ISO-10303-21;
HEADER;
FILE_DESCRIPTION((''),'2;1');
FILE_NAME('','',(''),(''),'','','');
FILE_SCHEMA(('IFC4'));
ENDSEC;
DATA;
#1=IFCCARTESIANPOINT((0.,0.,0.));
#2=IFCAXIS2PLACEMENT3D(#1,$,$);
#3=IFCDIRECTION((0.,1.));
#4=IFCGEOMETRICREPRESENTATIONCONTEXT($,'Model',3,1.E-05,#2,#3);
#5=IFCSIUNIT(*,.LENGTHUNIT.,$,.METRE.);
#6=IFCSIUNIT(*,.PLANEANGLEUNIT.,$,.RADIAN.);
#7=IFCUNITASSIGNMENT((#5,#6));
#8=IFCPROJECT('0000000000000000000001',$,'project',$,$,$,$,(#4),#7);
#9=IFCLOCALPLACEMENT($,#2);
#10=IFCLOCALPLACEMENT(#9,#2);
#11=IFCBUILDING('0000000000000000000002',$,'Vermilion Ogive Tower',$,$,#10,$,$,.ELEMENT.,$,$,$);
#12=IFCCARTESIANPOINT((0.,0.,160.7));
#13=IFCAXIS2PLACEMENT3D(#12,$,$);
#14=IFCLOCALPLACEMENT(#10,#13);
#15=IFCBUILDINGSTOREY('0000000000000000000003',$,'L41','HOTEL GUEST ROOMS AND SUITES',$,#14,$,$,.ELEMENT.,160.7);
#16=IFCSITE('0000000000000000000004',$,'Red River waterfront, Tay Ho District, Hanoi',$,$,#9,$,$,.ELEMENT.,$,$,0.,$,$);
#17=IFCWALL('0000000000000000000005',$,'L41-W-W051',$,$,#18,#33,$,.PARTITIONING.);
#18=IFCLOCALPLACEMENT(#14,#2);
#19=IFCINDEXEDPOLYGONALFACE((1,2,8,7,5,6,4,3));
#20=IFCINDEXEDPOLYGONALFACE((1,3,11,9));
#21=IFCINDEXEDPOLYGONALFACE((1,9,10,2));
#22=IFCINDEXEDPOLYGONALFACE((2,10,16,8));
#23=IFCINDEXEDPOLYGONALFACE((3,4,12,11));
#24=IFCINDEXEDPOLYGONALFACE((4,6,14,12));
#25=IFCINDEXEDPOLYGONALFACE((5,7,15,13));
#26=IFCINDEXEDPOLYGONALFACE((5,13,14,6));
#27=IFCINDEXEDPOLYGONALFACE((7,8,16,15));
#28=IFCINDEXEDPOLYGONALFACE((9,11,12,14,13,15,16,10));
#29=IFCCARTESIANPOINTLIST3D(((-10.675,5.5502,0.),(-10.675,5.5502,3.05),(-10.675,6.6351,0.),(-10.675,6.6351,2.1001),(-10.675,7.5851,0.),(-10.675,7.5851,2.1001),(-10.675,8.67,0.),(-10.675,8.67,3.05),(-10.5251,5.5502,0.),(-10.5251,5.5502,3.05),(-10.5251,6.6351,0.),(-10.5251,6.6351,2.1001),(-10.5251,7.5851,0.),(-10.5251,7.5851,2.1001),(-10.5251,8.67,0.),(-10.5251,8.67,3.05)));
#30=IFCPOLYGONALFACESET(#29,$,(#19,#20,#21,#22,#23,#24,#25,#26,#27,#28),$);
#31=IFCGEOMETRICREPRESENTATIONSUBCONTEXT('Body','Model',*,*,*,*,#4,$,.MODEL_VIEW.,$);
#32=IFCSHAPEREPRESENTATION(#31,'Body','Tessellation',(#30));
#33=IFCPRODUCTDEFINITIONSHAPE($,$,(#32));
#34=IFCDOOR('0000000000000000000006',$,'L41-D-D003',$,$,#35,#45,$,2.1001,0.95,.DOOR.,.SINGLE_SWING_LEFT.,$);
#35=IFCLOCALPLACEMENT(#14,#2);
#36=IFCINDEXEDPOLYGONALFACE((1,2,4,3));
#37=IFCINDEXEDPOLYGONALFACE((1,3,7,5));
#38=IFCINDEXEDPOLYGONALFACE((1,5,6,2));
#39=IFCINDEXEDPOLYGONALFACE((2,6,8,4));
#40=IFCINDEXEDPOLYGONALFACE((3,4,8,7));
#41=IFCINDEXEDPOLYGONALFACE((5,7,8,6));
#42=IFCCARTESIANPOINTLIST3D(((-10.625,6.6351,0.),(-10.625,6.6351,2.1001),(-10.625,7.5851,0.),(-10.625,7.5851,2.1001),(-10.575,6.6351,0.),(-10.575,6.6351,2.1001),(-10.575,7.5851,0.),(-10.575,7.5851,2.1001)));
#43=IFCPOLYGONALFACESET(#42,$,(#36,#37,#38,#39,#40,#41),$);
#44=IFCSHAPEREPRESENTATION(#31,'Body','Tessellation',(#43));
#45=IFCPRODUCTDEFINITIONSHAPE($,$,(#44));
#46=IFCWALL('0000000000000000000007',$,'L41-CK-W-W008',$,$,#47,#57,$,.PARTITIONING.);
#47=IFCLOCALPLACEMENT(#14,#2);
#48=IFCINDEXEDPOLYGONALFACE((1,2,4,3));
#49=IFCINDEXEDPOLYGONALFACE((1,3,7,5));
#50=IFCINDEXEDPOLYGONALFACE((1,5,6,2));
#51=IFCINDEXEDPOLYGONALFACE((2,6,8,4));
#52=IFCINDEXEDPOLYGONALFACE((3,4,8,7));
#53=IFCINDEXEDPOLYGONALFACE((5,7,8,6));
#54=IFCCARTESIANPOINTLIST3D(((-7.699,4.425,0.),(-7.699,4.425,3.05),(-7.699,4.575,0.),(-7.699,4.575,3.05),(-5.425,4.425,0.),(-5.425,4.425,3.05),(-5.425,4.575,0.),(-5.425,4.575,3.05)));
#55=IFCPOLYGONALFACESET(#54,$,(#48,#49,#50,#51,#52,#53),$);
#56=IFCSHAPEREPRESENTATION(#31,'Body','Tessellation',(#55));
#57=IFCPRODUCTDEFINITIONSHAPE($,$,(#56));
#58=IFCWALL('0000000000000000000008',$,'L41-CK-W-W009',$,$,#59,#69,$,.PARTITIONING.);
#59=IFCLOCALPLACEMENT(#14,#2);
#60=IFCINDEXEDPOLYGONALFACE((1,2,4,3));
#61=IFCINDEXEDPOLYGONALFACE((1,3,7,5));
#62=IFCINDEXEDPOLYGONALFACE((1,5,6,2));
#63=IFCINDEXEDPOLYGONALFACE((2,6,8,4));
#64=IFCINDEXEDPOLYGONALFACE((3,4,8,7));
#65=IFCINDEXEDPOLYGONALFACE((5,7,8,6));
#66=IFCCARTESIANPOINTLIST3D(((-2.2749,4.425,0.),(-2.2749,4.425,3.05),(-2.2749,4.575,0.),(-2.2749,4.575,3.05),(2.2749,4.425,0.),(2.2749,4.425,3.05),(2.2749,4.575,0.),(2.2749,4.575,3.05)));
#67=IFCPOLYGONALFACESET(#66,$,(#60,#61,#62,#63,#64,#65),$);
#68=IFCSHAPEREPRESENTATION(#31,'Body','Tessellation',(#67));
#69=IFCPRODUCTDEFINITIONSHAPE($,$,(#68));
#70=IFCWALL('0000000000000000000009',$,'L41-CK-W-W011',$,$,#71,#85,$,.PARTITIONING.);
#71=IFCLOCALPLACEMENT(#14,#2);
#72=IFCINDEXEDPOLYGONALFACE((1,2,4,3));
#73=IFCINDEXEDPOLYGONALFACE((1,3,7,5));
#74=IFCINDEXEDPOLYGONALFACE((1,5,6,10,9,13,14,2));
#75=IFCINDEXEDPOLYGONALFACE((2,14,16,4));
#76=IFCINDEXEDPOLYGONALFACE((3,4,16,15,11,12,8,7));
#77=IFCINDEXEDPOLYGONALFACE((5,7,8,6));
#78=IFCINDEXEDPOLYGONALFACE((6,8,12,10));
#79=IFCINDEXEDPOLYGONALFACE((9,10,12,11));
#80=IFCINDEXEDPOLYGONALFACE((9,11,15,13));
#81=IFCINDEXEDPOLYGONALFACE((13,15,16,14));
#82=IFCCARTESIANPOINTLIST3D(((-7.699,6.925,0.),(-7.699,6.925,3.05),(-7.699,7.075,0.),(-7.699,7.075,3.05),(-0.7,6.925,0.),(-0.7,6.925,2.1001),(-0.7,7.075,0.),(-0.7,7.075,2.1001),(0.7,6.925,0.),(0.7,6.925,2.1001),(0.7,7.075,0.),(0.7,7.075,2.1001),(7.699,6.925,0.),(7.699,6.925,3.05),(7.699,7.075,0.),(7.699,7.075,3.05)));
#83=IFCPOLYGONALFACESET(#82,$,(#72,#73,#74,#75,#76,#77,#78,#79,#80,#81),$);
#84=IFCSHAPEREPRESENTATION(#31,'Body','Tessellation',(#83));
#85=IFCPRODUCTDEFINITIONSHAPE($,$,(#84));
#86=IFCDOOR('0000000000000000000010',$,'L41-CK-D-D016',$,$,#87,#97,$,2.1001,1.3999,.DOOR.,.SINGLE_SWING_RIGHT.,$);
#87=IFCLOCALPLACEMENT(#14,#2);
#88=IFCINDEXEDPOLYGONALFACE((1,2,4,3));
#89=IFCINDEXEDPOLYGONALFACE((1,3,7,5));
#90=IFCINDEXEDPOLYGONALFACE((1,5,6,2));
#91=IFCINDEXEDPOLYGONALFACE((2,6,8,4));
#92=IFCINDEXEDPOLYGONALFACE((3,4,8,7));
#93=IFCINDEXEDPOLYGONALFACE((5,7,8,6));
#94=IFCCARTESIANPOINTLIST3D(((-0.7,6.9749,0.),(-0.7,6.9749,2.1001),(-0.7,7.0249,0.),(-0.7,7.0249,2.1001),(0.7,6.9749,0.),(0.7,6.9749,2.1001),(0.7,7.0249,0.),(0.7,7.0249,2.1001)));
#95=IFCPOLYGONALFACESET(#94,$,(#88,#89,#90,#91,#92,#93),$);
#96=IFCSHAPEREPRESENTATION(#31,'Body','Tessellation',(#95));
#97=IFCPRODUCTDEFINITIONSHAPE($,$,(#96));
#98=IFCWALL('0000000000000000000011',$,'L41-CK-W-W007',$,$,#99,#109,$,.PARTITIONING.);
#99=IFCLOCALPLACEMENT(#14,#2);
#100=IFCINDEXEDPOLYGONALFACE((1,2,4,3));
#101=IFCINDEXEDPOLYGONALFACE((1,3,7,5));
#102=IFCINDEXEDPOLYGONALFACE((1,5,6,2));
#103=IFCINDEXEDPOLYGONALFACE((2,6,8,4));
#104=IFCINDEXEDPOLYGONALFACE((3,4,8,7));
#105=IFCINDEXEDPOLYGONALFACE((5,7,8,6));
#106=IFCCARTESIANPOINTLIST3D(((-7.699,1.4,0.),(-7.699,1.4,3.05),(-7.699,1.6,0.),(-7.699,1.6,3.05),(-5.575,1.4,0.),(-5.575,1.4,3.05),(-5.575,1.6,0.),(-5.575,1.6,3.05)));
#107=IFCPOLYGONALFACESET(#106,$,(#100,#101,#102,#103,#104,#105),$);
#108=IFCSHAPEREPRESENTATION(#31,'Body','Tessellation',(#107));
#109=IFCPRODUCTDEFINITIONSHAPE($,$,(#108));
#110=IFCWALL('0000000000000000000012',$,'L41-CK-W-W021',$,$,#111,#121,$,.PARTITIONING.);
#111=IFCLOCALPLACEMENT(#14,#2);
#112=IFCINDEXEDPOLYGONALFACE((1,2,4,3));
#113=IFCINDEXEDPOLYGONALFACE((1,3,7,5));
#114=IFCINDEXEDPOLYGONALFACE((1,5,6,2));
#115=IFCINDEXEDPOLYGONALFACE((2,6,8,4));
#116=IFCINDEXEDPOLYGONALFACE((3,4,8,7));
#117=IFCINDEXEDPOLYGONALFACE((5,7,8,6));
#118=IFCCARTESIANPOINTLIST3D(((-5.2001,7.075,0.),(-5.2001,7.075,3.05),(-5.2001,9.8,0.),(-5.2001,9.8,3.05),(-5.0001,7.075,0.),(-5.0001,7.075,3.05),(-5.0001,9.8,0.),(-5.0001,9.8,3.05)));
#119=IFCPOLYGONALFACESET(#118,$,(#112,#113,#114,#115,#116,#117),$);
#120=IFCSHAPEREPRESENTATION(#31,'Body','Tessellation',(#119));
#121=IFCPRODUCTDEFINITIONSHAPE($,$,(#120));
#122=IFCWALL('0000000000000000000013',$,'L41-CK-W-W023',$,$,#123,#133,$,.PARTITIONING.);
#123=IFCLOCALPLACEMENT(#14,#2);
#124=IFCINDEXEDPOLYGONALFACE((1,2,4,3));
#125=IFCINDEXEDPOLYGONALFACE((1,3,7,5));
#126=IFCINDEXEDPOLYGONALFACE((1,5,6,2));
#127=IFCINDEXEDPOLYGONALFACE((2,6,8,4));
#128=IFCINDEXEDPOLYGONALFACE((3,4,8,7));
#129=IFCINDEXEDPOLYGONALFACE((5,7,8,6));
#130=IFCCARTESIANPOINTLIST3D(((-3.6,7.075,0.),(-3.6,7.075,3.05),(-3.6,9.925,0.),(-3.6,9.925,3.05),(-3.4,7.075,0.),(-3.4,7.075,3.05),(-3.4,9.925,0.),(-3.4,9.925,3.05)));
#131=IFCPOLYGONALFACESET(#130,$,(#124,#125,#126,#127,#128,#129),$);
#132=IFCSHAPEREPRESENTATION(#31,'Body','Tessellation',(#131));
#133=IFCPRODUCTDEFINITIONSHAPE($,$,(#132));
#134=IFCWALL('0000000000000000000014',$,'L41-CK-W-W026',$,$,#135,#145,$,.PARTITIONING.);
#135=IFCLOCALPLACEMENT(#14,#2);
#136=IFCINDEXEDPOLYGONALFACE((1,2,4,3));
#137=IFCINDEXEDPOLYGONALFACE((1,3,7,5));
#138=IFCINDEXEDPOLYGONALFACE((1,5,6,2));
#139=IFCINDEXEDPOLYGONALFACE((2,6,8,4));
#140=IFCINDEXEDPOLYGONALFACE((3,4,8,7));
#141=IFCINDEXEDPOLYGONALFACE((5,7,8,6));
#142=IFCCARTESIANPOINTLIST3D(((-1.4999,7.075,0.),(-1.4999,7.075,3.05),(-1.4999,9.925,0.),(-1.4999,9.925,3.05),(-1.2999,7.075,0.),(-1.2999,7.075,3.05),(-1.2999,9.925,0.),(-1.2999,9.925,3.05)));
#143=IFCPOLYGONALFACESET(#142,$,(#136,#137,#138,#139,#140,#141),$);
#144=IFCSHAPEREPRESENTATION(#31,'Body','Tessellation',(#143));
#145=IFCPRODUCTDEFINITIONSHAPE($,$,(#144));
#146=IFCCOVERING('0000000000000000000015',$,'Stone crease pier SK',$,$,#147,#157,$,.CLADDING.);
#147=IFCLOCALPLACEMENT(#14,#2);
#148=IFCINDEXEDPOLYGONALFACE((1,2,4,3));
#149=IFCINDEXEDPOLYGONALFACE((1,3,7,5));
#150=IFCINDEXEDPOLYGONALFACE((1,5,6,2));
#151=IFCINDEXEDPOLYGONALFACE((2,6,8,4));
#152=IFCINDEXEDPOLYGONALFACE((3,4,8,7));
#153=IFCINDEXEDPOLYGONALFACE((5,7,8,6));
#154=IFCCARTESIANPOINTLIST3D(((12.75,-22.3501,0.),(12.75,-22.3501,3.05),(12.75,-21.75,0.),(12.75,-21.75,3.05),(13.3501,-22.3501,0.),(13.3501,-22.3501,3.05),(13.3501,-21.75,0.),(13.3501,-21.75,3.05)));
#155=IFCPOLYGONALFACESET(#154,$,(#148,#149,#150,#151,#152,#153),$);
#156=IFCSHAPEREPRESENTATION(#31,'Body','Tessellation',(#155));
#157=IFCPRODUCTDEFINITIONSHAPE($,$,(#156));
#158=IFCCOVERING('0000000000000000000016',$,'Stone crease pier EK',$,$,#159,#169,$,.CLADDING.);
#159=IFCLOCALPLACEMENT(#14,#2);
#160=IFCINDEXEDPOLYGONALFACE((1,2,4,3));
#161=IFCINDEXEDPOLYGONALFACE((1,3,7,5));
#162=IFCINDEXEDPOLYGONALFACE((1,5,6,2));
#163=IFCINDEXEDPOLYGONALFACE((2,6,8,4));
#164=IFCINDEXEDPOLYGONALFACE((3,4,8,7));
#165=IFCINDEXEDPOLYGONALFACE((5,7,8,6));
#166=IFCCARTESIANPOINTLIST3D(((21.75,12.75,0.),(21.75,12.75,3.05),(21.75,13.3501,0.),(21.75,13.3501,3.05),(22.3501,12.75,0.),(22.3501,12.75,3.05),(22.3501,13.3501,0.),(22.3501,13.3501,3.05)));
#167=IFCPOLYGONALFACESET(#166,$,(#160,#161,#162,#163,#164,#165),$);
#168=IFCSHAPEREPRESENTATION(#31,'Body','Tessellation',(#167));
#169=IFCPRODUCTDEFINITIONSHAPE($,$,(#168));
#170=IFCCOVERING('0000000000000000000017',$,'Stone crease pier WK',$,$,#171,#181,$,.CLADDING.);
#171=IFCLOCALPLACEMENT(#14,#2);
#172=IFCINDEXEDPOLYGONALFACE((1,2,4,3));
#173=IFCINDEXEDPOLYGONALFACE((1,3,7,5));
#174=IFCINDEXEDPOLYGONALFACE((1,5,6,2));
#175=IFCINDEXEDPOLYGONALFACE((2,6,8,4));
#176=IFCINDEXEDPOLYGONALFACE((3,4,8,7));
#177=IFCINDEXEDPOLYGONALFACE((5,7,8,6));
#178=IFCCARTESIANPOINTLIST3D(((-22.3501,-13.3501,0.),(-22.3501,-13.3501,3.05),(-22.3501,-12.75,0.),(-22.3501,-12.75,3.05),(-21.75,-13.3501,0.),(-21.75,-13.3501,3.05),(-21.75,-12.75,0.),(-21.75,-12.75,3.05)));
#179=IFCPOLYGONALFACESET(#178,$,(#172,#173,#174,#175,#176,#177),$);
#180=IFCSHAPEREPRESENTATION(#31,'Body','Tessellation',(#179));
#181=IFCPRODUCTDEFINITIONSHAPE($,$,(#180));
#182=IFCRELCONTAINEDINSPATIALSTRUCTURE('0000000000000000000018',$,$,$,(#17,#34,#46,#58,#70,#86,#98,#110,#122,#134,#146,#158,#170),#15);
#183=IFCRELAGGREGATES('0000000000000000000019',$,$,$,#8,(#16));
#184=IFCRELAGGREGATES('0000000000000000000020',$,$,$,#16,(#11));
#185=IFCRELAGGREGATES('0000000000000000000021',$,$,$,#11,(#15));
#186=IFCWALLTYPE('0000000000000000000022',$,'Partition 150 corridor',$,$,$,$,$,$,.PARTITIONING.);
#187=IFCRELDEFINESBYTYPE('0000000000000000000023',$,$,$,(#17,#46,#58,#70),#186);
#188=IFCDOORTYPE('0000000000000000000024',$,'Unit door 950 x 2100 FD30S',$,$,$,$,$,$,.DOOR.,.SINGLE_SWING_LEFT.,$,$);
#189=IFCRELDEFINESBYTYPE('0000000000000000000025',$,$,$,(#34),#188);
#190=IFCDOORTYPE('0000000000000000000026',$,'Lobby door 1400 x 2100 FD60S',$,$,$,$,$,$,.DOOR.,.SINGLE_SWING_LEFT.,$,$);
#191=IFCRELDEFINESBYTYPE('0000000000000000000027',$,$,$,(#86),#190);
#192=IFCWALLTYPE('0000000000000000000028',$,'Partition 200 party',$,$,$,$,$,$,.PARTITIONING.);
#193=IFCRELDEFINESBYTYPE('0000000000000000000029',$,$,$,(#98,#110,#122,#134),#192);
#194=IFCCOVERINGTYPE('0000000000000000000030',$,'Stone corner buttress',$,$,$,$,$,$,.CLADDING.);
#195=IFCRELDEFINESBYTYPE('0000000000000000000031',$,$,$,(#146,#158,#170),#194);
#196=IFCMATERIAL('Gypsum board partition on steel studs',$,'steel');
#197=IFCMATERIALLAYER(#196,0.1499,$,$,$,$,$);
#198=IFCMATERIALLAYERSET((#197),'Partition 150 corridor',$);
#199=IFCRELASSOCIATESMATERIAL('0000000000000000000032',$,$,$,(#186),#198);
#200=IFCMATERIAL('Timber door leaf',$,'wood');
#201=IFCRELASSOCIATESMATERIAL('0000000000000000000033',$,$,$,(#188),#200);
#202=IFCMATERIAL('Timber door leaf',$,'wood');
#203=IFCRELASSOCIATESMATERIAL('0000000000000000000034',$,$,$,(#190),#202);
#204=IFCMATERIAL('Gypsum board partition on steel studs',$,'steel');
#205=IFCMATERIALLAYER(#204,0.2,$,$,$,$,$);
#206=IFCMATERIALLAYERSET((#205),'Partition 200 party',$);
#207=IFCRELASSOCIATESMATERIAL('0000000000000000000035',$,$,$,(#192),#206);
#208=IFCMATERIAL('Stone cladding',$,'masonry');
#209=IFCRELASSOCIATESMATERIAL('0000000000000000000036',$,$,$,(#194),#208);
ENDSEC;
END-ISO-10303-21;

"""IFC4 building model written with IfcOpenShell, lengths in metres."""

from ifc_helpers import new_model, si_unit, direction, frame, frame_2d, origin, place, context, subcontext, project, spatial, polyline, rectangle, outline, extrude, material, layer, layer_set, type_object, element, fill, save


model = new_model("IFC4")

# Units and contexts
model_context = context("Model", 3, precision=1e-05, world=origin(), true_north=direction((0.0, 1.0)))
body_context = subcontext(model_context, "Body", "Model", "MODEL_VIEW")
ifc_project = project(units=[si_unit("LENGTHUNIT", "METRE"), si_unit("PLANEANGLEUNIT", "RADIAN")], contexts=[model_context])

# Site, building, storey
site_placement = place(None, origin())
site = spatial("IfcSite", under=ifc_project, at=site_placement, Name="Red River waterfront, Tay Ho District, Hanoi", CompositionType="ELEMENT", RefElevation=0.0)
building_placement = place(site_placement, origin())
building = spatial("IfcBuilding", under=site, at=building_placement, Name="Vermilion Ogive Tower", CompositionType="ELEMENT")
storey_placement = place(building_placement, frame((0.0, 0.0, 160.7)))
storey = spatial("IfcBuildingStorey", under=building, at=storey_placement, Name="L41", Description="HOTEL GUEST ROOMS AND SUITES", CompositionType="ELEMENT", Elevation=160.7)

# Wall, opening, door
ifc_material_1 = material(Name="Gypsum board partition on steel studs", Category="steel")
ifc_layer_1 = layer(ifc_material_1, 0.1499)
ifc_layer_set_1 = layer_set([ifc_layer_1], Name="Partition 150 corridor")
wall_type_1 = type_object("IfcWallType", Name="Partition 150 corridor", PredefinedType="PARTITIONING", material=ifc_layer_set_1)
wall_1_placement = place(storey_placement, frame((-10.6001, 5.55, 0.0), z_axis=(0.0, 0.0, 1.0), x_axis=(0.0, 1.0, 0.0)))
wall_1 = element("IfcWall", 1, at=wall_1_placement, inside=storey, type_object=wall_type_1, Name="L41-W-W051", PredefinedType="PARTITIONING", context=body_context, shape_type="SweptSolid", body=[
    extrude(rectangle(XDim=3.1199, YDim=0.1499, at=frame_2d((1.5601, 0.0))), origin(), (0.0, 0.0, 1.0), 3.05),
])
opening_1_placement = place(wall_1_placement, frame((1.085, 0.0, 0.0)))
opening_1 = element("IfcOpeningElement", 2, at=opening_1_placement, cuts=wall_1, PredefinedType="OPENING", context=body_context, shape_type="SweptSolid", body=[
    extrude(rectangle(XDim=0.95, YDim=2.1001, at=frame_2d((0.4751, 1.05))), frame((0.0, 0.085, 0.0), z_axis=(0.0, -1.0, 0.0), x_axis=(1.0, 0.0, 0.0)), (0.0, 0.0, 1.0), 0.1699),
])
ifc_material_2 = material(Name="Timber door leaf", Category="wood")
door_type_1 = type_object("IfcDoorType", Name="Unit door 950 x 2100 FD30S", OperationType="SINGLE_SWING_LEFT", PredefinedType="DOOR", material=ifc_material_2)
door_1_placement = place(opening_1_placement, origin())
door_1 = element("IfcDoor", 3, at=door_1_placement, inside=storey, type_object=door_type_1, Name="L41-D-D003", OperationType="SINGLE_SWING_LEFT", OverallHeight=2.1001, OverallWidth=0.95, PredefinedType="DOOR", context=body_context, shape_type="SweptSolid", body=[
    extrude(rectangle(XDim=0.95, YDim=2.1001, at=frame_2d((0.4751, 1.05))), frame((0.0, 0.0249, 0.0), z_axis=(0.0, -1.0, 0.0), x_axis=(1.0, 0.0, 0.0)), (0.0, 0.0, 1.0), 0.05),
])
fill(opening_1, door_1)

# Walls
wall_2_placement = place(storey_placement, frame((-7.699, 4.5, 0.0), z_axis=(0.0, 0.0, 1.0), x_axis=(1.0, 0.0, 0.0)))
element("IfcWall", 4, at=wall_2_placement, inside=storey, type_object=wall_type_1, Name="L41-CK-W-W008", PredefinedType="PARTITIONING", context=body_context, shape_type="SweptSolid", body=[
    extrude(rectangle(XDim=2.2739, YDim=0.1499, at=frame_2d((1.137, 0.0))), origin(), (0.0, 0.0, 1.0), 3.05),
])
wall_3_placement = place(storey_placement, frame((-2.2749, 4.5, 0.0), z_axis=(0.0, 0.0, 1.0), x_axis=(1.0, 0.0, 0.0)))
element("IfcWall", 5, at=wall_3_placement, inside=storey, type_object=wall_type_1, Name="L41-CK-W-W009", PredefinedType="PARTITIONING", context=body_context, shape_type="SweptSolid", body=[
    extrude(rectangle(XDim=4.5498, YDim=0.1499, at=frame_2d((2.2749, 0.0))), origin(), (0.0, 0.0, 1.0), 3.05),
])

# Wall, opening, door
wall_4_placement = place(storey_placement, frame((-7.699, 7.0, 0.0), z_axis=(0.0, 0.0, 1.0), x_axis=(1.0, 0.0, 0.0)))
wall_4 = element("IfcWall", 6, at=wall_4_placement, inside=storey, type_object=wall_type_1, Name="L41-CK-W-W011", PredefinedType="PARTITIONING", context=body_context, shape_type="SweptSolid", body=[
    extrude(rectangle(XDim=15.3979, YDim=0.1499, at=frame_2d((7.699, 0.0))), origin(), (0.0, 0.0, 1.0), 3.05),
])
opening_2_placement = place(wall_4_placement, frame((6.999, 0.0, 0.0)))
opening_2 = element("IfcOpeningElement", 7, at=opening_2_placement, cuts=wall_4, PredefinedType="OPENING", context=body_context, shape_type="SweptSolid", body=[
    extrude(rectangle(XDim=1.3999, YDim=2.1001, at=frame_2d((0.7, 1.05))), frame((0.0, 0.085, 0.0), z_axis=(0.0, -1.0, 0.0), x_axis=(1.0, 0.0, 0.0)), (0.0, 0.0, 1.0), 0.1699),
])
ifc_material_3 = material(Name="Timber door leaf", Category="wood")
door_type_2 = type_object("IfcDoorType", Name="Lobby door 1400 x 2100 FD60S", OperationType="SINGLE_SWING_LEFT", PredefinedType="DOOR", material=ifc_material_3)
door_2_placement = place(opening_2_placement, origin())
door_2 = element("IfcDoor", 8, at=door_2_placement, inside=storey, type_object=door_type_2, Name="L41-CK-D-D016", OperationType="SINGLE_SWING_RIGHT", OverallHeight=2.1001, OverallWidth=1.3999, PredefinedType="DOOR", context=body_context, shape_type="SweptSolid", body=[
    extrude(rectangle(XDim=1.3999, YDim=2.1001, at=frame_2d((0.7, 1.05))), frame((0.0, 0.0249, 0.0), z_axis=(0.0, -1.0, 0.0), x_axis=(1.0, 0.0, 0.0)), (0.0, 0.0, 1.0), 0.05),
])
fill(opening_2, door_2)

# Walls
ifc_material_4 = material(Name="Gypsum board partition on steel studs", Category="steel")
ifc_layer_2 = layer(ifc_material_4, 0.2)
ifc_layer_set_2 = layer_set([ifc_layer_2], Name="Partition 200 party")
wall_type_2 = type_object("IfcWallType", Name="Partition 200 party", PredefinedType="PARTITIONING", material=ifc_layer_set_2)
wall_5_placement = place(storey_placement, frame((-7.699, 1.5, 0.0), z_axis=(0.0, 0.0, 1.0), x_axis=(1.0, 0.0, 0.0)))
element("IfcWall", 9, at=wall_5_placement, inside=storey, type_object=wall_type_2, Name="L41-CK-W-W007", PredefinedType="PARTITIONING", context=body_context, shape_type="SweptSolid", body=[
    extrude(rectangle(XDim=2.124, YDim=0.2, at=frame_2d((1.062, 0.0))), origin(), (0.0, 0.0, 1.0), 3.05),
])
wall_6_placement = place(storey_placement, frame((-5.1001, 7.075, 0.0), z_axis=(0.0, 0.0, 1.0), x_axis=(0.0, 1.0, 0.0)))
element("IfcWall", 10, at=wall_6_placement, inside=storey, type_object=wall_type_2, Name="L41-CK-W-W021", PredefinedType="PARTITIONING", context=body_context, shape_type="SweptSolid", body=[
    extrude(rectangle(XDim=2.7251, YDim=0.2, at=frame_2d((1.3625, 0.0))), origin(), (0.0, 0.0, 1.0), 3.05),
])
for number, where, z_axis, x_axis, name in (
    (11, (-3.5, 7.075, 0.0), (0.0, 0.0, 1.0), (0.0, 1.0, 0.0), "L41-CK-W-W023"),
    (12, (-1.3999, 7.075, 0.0), (0.0, 0.0, 1.0), (0.0, 1.0, 0.0), "L41-CK-W-W026"),
):
    element("IfcWall", number, at=place(storey_placement, frame(where, z_axis=z_axis, x_axis=x_axis)), inside=storey, type_object=wall_type_2, Name=name, PredefinedType="PARTITIONING", context=body_context, shape_type="SweptSolid", body=[
        extrude(rectangle(XDim=2.8501, YDim=0.2, at=frame_2d((1.425, 0.0))), origin(), (0.0, 0.0, 1.0), 3.05),
    ])

# Coverings
ifc_material_5 = material(Name="Stone cladding", Category="masonry")
covering_type_1 = type_object("IfcCoveringType", Name="Stone corner buttress", PredefinedType="CLADDING", material=ifc_material_5)
covering_1_placement = place(storey_placement, origin())
element("IfcCovering", 13, at=covering_1_placement, inside=storey, type_object=covering_type_1, Name="Stone crease pier SK", PredefinedType="CLADDING", context=body_context, shape_type="SweptSolid", body=[
    extrude(outline(polyline([(12.75, -22.3501), (13.3501, -22.3501), (13.3501, -21.75), (12.75, -21.75), (12.75, -22.3501)])), origin(), (0.0, 0.0, 1.0), 3.05),
])
covering_2_placement = place(storey_placement, origin())
element("IfcCovering", 14, at=covering_2_placement, inside=storey, type_object=covering_type_1, Name="Stone crease pier EK", PredefinedType="CLADDING", context=body_context, shape_type="SweptSolid", body=[
    extrude(outline(polyline([(22.3501, 12.75), (22.3501, 13.3501), (21.75, 13.3501), (21.75, 12.75), (22.3501, 12.75)])), origin(), (0.0, 0.0, 1.0), 3.05),
])
covering_3_placement = place(storey_placement, origin())
element("IfcCovering", 15, at=covering_3_placement, inside=storey, type_object=covering_type_1, Name="Stone crease pier WK", PredefinedType="CLADDING", context=body_context, shape_type="SweptSolid", body=[
    extrude(outline(polyline([(-22.3501, -12.75), (-22.3501, -13.3501), (-21.75, -13.3501), (-21.75, -12.75), (-22.3501, -12.75)])), origin(), (0.0, 0.0, 1.0), 3.05),
])

save(model, "model.ifc")
